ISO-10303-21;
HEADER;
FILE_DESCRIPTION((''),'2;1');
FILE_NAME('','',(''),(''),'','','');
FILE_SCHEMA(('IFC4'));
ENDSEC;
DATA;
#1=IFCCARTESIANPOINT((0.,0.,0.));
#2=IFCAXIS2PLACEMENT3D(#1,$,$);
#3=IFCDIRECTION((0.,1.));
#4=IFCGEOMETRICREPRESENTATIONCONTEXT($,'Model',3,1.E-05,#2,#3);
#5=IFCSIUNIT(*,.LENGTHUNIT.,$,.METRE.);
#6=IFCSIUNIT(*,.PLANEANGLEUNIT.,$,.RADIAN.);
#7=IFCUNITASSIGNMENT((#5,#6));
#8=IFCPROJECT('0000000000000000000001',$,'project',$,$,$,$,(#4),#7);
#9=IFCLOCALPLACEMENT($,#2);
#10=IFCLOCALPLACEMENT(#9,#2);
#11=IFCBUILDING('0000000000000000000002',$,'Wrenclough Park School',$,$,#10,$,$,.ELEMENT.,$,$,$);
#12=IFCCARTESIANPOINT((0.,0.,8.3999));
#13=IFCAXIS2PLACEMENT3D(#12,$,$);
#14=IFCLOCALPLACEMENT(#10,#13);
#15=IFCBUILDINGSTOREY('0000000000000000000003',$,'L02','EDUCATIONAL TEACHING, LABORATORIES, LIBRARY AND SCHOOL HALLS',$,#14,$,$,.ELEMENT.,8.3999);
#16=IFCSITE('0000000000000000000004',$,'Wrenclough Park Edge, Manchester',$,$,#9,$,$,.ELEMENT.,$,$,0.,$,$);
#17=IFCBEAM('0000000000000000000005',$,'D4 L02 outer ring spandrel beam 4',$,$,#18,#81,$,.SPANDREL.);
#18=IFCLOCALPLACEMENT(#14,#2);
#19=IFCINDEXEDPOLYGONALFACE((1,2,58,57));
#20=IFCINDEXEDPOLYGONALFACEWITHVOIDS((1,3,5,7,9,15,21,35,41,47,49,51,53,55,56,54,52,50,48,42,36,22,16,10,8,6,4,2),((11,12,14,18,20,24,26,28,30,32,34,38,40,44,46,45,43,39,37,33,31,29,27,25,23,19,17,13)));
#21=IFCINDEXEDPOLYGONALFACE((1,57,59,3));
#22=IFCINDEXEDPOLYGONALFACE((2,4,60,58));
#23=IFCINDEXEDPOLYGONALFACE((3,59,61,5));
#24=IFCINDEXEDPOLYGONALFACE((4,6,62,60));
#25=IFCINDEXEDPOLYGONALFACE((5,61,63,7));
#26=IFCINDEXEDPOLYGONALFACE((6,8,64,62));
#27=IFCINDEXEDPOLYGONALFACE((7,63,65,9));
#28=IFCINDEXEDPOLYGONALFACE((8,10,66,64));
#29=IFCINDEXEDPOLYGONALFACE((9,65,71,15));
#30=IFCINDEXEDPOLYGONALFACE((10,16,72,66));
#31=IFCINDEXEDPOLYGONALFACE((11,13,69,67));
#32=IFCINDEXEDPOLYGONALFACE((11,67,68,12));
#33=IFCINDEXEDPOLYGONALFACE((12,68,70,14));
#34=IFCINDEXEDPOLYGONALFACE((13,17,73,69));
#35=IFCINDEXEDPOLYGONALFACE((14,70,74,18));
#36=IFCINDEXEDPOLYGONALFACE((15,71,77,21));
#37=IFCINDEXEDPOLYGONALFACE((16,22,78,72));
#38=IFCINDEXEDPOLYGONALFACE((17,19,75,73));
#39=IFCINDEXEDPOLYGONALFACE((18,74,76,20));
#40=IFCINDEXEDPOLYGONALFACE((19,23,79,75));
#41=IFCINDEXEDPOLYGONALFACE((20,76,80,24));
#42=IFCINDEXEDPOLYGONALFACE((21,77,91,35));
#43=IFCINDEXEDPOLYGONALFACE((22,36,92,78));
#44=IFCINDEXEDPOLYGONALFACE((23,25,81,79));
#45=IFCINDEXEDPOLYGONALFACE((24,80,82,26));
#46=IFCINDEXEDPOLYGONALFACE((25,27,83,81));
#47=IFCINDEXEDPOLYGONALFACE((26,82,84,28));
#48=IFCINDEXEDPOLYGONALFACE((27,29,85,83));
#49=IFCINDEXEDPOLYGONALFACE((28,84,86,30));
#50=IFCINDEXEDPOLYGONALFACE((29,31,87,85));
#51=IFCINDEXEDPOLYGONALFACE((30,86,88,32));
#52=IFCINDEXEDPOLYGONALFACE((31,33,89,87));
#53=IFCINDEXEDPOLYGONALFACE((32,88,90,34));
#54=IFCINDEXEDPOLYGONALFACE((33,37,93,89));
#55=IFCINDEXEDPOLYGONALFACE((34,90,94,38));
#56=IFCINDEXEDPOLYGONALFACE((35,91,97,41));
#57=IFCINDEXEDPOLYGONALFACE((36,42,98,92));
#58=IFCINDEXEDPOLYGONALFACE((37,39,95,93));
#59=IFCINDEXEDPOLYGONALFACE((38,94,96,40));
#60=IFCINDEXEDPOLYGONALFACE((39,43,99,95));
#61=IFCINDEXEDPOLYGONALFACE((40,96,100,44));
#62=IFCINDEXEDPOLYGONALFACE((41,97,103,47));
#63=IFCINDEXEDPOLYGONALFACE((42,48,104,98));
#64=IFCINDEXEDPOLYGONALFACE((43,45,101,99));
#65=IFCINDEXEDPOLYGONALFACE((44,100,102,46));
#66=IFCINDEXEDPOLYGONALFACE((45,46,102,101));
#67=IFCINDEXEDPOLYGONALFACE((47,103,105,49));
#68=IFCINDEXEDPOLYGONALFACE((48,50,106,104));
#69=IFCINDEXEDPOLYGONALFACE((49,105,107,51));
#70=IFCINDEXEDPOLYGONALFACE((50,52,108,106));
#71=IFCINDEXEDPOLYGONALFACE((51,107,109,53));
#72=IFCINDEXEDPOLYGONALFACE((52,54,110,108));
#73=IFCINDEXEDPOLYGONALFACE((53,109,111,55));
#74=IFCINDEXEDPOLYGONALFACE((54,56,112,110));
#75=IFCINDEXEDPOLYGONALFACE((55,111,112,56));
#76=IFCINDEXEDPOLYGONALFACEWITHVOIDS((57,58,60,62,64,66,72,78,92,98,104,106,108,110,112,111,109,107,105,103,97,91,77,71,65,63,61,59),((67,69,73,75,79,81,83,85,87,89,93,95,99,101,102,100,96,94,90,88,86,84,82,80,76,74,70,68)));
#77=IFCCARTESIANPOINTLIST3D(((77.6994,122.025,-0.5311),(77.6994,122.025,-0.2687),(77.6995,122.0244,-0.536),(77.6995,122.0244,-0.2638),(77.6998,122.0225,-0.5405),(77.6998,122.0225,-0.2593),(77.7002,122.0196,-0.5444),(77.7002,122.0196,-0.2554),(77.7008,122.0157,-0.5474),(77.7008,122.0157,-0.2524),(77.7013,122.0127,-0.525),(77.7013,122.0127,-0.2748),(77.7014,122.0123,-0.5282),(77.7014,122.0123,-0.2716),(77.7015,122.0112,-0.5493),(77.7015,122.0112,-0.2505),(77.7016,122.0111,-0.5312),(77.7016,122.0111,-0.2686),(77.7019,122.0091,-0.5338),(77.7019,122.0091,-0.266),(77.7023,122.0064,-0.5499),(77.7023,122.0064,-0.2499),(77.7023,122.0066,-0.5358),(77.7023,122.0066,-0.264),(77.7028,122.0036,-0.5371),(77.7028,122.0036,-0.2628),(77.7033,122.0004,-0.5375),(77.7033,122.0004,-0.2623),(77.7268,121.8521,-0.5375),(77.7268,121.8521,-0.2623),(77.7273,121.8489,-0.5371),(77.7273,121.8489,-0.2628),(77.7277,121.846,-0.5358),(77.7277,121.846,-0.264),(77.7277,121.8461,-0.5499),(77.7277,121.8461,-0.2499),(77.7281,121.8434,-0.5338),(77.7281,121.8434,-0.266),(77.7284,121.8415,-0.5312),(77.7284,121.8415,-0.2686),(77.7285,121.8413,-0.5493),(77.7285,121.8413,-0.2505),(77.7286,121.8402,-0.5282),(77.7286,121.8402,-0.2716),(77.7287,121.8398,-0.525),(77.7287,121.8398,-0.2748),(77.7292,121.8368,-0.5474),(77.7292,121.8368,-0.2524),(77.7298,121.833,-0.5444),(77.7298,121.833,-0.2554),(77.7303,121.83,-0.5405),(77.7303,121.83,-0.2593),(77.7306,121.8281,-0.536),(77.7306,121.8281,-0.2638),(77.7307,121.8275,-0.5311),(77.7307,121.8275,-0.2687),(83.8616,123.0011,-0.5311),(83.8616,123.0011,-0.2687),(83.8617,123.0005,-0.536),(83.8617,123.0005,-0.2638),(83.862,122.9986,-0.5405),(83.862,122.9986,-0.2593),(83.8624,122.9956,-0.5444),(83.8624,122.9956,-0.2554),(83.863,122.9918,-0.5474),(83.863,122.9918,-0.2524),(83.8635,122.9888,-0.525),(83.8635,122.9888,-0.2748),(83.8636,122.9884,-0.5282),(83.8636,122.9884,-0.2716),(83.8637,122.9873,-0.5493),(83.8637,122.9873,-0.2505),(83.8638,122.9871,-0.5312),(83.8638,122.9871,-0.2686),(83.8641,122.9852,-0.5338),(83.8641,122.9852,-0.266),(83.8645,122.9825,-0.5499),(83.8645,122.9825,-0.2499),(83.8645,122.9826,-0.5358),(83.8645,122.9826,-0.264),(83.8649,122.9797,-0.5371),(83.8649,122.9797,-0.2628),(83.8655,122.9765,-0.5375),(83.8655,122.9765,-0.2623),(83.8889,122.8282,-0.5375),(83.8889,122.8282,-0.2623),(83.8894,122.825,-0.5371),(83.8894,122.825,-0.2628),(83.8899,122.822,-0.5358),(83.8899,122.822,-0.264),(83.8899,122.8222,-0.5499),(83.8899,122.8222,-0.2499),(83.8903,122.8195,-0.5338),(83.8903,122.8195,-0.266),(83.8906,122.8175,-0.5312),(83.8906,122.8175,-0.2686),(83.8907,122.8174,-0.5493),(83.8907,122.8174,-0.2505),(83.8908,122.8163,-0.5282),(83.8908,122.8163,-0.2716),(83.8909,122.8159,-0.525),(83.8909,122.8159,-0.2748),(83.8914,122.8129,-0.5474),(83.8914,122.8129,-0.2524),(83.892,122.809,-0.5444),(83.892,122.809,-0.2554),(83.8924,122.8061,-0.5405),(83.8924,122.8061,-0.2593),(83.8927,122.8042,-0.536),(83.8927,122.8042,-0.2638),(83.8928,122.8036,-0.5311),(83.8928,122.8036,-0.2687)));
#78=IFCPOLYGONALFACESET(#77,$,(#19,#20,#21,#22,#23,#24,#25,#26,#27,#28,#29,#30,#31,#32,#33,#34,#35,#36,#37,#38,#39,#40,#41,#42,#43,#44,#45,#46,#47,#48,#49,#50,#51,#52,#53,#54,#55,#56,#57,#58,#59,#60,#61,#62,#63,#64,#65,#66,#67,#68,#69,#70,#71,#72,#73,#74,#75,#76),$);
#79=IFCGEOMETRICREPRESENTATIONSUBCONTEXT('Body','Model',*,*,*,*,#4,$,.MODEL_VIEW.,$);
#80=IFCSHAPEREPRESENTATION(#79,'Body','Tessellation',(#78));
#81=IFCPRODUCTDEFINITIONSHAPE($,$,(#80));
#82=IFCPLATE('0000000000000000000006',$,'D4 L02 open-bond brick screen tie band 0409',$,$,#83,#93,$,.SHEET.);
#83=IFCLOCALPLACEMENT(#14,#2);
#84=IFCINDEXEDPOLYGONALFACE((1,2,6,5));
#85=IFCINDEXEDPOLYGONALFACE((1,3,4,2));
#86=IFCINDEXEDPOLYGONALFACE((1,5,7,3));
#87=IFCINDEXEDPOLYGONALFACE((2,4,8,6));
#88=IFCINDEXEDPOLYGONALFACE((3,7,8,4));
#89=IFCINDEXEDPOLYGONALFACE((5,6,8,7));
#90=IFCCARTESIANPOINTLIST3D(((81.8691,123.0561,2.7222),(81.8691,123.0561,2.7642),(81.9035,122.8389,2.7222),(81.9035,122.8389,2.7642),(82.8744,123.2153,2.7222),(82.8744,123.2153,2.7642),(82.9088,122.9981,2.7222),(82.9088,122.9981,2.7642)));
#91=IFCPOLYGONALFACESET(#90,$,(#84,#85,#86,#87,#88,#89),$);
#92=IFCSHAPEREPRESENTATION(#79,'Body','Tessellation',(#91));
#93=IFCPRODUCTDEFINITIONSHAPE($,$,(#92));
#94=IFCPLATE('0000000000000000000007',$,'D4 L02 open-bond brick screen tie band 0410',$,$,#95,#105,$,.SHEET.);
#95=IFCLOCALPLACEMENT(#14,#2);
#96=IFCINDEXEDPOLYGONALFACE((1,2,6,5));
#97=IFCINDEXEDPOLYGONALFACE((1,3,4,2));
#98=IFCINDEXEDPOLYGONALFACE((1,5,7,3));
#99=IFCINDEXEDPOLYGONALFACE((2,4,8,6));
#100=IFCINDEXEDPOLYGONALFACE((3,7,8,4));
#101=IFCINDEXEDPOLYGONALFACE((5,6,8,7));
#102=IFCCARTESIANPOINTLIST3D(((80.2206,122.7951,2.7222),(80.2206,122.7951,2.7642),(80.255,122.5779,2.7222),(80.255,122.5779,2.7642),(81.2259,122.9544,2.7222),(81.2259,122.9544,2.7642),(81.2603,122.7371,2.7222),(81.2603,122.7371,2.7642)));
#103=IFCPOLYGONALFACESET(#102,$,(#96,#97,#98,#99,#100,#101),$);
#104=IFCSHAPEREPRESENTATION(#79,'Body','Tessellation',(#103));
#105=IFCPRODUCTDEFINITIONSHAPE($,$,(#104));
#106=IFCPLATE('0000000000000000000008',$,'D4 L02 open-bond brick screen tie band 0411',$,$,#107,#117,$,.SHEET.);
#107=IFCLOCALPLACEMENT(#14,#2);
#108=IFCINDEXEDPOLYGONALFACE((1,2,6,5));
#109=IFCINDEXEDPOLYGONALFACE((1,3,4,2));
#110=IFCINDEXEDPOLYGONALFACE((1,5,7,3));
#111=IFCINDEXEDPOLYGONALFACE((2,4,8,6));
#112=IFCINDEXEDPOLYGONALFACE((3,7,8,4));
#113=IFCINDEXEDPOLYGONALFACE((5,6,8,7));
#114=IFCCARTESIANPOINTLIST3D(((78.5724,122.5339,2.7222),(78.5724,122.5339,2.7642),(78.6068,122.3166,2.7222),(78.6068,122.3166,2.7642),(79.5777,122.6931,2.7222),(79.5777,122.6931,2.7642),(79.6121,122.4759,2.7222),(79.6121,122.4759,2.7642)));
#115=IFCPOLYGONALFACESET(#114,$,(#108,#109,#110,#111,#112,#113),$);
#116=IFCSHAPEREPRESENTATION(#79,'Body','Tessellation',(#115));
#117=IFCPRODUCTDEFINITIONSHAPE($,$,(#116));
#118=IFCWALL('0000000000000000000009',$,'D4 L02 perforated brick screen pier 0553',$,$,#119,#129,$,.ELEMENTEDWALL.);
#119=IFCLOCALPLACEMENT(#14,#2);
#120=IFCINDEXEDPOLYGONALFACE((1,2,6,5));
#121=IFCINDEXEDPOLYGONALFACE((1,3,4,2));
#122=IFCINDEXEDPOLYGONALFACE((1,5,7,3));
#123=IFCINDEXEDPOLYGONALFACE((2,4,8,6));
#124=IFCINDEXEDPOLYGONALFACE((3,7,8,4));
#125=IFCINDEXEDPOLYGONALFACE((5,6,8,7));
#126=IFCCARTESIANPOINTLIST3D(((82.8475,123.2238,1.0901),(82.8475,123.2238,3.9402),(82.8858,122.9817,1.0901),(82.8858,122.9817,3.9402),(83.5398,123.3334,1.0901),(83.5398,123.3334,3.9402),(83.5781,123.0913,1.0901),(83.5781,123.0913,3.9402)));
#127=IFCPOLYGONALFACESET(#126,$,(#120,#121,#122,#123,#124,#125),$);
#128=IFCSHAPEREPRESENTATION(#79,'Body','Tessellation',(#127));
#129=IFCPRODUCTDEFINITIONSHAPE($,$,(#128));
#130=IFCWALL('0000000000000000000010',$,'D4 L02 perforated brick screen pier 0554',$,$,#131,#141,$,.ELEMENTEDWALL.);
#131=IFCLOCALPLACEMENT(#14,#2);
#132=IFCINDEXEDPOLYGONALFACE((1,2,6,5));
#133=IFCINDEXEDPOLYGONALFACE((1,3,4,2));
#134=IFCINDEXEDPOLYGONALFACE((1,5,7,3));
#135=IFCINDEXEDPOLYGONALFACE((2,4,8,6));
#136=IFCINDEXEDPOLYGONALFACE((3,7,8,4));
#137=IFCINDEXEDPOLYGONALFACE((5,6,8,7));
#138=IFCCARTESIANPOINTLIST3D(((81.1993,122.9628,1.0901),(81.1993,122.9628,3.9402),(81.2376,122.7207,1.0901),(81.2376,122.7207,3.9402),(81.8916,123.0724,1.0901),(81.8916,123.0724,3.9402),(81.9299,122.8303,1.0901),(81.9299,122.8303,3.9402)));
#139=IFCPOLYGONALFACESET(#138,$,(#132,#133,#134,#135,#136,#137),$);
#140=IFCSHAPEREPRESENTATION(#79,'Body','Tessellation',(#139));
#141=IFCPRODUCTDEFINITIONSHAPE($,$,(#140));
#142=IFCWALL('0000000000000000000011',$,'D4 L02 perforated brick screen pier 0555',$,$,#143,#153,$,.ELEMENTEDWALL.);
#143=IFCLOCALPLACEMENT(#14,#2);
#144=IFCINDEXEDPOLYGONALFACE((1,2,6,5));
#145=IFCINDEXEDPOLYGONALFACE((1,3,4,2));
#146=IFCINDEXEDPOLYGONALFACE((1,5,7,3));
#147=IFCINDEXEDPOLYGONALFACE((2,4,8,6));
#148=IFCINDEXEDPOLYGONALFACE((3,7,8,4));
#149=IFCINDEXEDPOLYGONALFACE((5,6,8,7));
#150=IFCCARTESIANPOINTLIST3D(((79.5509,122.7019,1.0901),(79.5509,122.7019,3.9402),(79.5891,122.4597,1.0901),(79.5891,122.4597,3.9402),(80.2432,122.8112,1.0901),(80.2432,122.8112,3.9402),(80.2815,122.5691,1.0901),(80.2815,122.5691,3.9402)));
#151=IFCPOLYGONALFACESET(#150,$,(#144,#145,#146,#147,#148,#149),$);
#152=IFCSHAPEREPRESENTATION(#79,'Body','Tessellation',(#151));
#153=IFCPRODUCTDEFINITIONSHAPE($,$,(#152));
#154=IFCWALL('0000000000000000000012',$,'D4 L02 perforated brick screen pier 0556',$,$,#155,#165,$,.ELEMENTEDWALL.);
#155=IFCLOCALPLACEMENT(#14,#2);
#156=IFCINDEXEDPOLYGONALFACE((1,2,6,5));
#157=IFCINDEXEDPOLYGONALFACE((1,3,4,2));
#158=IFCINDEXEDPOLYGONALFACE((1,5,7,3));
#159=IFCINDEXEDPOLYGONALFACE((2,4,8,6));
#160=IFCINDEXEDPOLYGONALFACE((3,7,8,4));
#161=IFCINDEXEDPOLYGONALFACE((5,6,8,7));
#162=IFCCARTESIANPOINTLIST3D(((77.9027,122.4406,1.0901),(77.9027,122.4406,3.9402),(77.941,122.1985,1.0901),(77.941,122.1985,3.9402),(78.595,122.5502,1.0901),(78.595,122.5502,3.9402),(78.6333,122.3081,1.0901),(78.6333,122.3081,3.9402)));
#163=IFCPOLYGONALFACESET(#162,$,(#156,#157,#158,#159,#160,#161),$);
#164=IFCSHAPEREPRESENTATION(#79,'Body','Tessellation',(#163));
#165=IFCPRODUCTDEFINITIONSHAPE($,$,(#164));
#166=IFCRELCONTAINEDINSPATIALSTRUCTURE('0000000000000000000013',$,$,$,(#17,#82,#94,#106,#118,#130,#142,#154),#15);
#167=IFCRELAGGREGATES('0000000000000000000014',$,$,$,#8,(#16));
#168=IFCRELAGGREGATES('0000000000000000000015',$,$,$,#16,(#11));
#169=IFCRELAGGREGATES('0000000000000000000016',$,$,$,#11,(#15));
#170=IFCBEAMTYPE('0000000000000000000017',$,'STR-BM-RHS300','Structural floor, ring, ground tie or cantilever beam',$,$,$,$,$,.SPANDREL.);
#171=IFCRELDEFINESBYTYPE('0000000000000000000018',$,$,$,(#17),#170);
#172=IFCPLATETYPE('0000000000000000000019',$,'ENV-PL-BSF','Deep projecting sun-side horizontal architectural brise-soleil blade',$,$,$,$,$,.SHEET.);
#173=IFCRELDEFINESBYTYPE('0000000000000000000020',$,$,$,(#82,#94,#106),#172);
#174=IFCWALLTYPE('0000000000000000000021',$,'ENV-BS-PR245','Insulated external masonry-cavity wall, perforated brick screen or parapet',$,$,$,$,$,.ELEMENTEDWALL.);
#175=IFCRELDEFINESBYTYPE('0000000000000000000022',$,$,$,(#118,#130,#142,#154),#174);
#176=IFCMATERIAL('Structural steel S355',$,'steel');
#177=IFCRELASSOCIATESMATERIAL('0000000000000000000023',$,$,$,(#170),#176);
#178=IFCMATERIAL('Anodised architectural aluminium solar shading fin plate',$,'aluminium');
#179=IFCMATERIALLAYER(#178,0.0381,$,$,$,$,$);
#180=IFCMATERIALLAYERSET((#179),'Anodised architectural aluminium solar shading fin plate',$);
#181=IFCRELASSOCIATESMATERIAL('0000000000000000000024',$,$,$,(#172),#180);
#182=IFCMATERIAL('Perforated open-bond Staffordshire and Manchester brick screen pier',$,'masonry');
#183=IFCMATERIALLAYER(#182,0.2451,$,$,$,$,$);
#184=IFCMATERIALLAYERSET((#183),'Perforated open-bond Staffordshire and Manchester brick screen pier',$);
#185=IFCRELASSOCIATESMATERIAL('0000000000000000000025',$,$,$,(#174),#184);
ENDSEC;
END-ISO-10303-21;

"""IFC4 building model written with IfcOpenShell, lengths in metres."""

from ifc_helpers import new_model, si_unit, direction, frame, frame_2d, origin, origin_2d, place, context, subcontext, project, spatial, rectangle, hollow_rectangle, extrude, material, layer, layer_set, material_profile, profile_set, type_object, element, save


model = new_model("IFC4")

# Units and contexts
model_context = context("Model", 3, precision=1e-05, world=origin(), true_north=direction((0.0, 1.0)))
body_context = subcontext(model_context, "Body", "Model", "MODEL_VIEW")
ifc_project = project(units=[si_unit("LENGTHUNIT", "METRE"), si_unit("PLANEANGLEUNIT", "RADIAN")], contexts=[model_context])

# Site, building, storey
site_placement = place(None, origin())
site = spatial("IfcSite", under=ifc_project, at=site_placement, Name="Wrenclough Park Edge, Manchester", CompositionType="ELEMENT", RefElevation=0.0)
building_placement = place(site_placement, origin())
building = spatial("IfcBuilding", under=site, at=building_placement, Name="Wrenclough Park School", CompositionType="ELEMENT")
storey_placement = place(building_placement, frame((0.0, 0.0, 8.3999)))
storey = spatial("IfcBuildingStorey", under=building, at=storey_placement, Name="L02", Description="EDUCATIONAL TEACHING, LABORATORIES, LIBRARY AND SCHOOL HALLS", CompositionType="ELEMENT", Elevation=8.3999)

# Shared definitions
ifc_material_1 = material(Name="Structural steel S355", Category="steel")

# Beam
ifc_material_profile_1 = material_profile(ifc_material_1, hollow_rectangle(XDim=0.2, YDim=0.3, WallThickness=0.0125, InnerFilletRadius=0.0125, OuterFilletRadius=0.0188, at=origin_2d()), Name="RHS 300x200x12.5")
ifc_profile_set_1 = profile_set([ifc_material_profile_1], Name="Structural steel S355")
beam_type = type_object("IfcBeamType", Name="STR-BM-RHS300", Description="Structural floor, ring, ground tie or cantilever beam", PredefinedType="SPANDREL", material=ifc_profile_set_1)
beam_placement = place(storey_placement, frame((83.8772, 122.9023, -0.3999), z_axis=(-0.987686, -0.156449, 0.0), x_axis=(0.156449, -0.987686, 0.0)))
element("IfcBeam", 1, at=beam_placement, inside=storey, type_object=beam_type, Name="D4 L02 outer ring spandrel beam 4", PredefinedType="SPANDREL", context=body_context, shape_type="SweptSolid", body=[
    extrude(hollow_rectangle(XDim=0.2, YDim=0.3, WallThickness=0.0125, InnerFilletRadius=0.0125, OuterFilletRadius=0.0188, at=origin_2d()), origin(), (0.0, 0.0, 1.0), 6.239),
])

# Plates
ifc_material_2 = material(Name="Anodised architectural aluminium solar shading fin plate", Category="aluminium")
ifc_layer_1 = layer(ifc_material_2, 0.0381)
ifc_layer_set_1 = layer_set([ifc_layer_1], Name="Anodised architectural aluminium solar shading fin plate")
plate_type = type_object("IfcPlateType", Name="ENV-PL-BSF", Description="Deep projecting sun-side horizontal architectural brise-soleil blade", PredefinedType="SHEET", material=ifc_layer_set_1)
for number, where, z_axis, x_axis, name in (
    (2, (82.3889, 123.0271, 2.7222), (0.0, 0.0, 1.0), (-0.987688, -0.156436, 0.0), "D4 L02 open-bond brick screen tie band 0409"),
    (3, (80.7405, 122.7661, 2.7222), (0.0, 0.0, 1.0), (-0.987688, -0.156436, 0.0), "D4 L02 open-bond brick screen tie band 0410"),
    (4, (79.0923, 122.5049, 2.7222), (0.0, 0.0, 1.0), (-0.987688, -0.156436, 0.0), "D4 L02 open-bond brick screen tie band 0411"),
):
    element("IfcPlate", number, at=place(storey_placement, frame(where, z_axis=z_axis, x_axis=x_axis)), inside=storey, type_object=plate_type, Name=name, PredefinedType="SHEET", context=body_context, shape_type="SweptSolid", body=[
        extrude(rectangle(XDim=1.0178, YDim=0.22, at=origin_2d()), origin(), (0.0, 0.0, 1.0), 0.042),
    ])

# Walls
ifc_material_3 = material(Name="Perforated open-bond Staffordshire and Manchester brick screen pier", Category="masonry")
ifc_layer_2 = layer(ifc_material_3, 0.2451)
ifc_layer_set_2 = layer_set([ifc_layer_2], Name="Perforated open-bond Staffordshire and Manchester brick screen pier")
wall_type_1 = type_object("IfcWallType", Name="ENV-BS-PR245", Description="Insulated external masonry-cavity wall, perforated brick screen or parapet", PredefinedType="ELEMENTEDWALL", material=ifc_layer_set_2)
for number, where, z_axis, x_axis, name in (
    (5, (83.5591, 123.2124, 1.0901), (0.0, 0.0, 1.0), (-0.987698, -0.156374, 0.0), "D4 L02 perforated brick screen pier 0553"),
    (6, (81.9109, 122.9514, 1.0901), (0.0, 0.0, 1.0), (-0.987698, -0.156374, 0.0), "D4 L02 perforated brick screen pier 0554"),
    (7, (80.2625, 122.6902, 1.0901), (0.0, 0.0, 1.0), (-0.987752, -0.156034, 0.0), "D4 L02 perforated brick screen pier 0555"),
    (8, (78.6143, 122.4292, 1.0901), (0.0, 0.0, 1.0), (-0.987698, -0.156374, 0.0), "D4 L02 perforated brick screen pier 0556"),
):
    element("IfcWall", number, at=place(storey_placement, frame(where, z_axis=z_axis, x_axis=x_axis)), inside=storey, type_object=wall_type_1, Name=name, PredefinedType="ELEMENTEDWALL", context=body_context, shape_type="SweptSolid", body=[
        extrude(rectangle(XDim=0.7009, YDim=0.2451, at=frame_2d((0.3506, 0.0))), origin(), (0.0, 0.0, 1.0), 2.8501),
    ])

save(model, "model.ifc")
